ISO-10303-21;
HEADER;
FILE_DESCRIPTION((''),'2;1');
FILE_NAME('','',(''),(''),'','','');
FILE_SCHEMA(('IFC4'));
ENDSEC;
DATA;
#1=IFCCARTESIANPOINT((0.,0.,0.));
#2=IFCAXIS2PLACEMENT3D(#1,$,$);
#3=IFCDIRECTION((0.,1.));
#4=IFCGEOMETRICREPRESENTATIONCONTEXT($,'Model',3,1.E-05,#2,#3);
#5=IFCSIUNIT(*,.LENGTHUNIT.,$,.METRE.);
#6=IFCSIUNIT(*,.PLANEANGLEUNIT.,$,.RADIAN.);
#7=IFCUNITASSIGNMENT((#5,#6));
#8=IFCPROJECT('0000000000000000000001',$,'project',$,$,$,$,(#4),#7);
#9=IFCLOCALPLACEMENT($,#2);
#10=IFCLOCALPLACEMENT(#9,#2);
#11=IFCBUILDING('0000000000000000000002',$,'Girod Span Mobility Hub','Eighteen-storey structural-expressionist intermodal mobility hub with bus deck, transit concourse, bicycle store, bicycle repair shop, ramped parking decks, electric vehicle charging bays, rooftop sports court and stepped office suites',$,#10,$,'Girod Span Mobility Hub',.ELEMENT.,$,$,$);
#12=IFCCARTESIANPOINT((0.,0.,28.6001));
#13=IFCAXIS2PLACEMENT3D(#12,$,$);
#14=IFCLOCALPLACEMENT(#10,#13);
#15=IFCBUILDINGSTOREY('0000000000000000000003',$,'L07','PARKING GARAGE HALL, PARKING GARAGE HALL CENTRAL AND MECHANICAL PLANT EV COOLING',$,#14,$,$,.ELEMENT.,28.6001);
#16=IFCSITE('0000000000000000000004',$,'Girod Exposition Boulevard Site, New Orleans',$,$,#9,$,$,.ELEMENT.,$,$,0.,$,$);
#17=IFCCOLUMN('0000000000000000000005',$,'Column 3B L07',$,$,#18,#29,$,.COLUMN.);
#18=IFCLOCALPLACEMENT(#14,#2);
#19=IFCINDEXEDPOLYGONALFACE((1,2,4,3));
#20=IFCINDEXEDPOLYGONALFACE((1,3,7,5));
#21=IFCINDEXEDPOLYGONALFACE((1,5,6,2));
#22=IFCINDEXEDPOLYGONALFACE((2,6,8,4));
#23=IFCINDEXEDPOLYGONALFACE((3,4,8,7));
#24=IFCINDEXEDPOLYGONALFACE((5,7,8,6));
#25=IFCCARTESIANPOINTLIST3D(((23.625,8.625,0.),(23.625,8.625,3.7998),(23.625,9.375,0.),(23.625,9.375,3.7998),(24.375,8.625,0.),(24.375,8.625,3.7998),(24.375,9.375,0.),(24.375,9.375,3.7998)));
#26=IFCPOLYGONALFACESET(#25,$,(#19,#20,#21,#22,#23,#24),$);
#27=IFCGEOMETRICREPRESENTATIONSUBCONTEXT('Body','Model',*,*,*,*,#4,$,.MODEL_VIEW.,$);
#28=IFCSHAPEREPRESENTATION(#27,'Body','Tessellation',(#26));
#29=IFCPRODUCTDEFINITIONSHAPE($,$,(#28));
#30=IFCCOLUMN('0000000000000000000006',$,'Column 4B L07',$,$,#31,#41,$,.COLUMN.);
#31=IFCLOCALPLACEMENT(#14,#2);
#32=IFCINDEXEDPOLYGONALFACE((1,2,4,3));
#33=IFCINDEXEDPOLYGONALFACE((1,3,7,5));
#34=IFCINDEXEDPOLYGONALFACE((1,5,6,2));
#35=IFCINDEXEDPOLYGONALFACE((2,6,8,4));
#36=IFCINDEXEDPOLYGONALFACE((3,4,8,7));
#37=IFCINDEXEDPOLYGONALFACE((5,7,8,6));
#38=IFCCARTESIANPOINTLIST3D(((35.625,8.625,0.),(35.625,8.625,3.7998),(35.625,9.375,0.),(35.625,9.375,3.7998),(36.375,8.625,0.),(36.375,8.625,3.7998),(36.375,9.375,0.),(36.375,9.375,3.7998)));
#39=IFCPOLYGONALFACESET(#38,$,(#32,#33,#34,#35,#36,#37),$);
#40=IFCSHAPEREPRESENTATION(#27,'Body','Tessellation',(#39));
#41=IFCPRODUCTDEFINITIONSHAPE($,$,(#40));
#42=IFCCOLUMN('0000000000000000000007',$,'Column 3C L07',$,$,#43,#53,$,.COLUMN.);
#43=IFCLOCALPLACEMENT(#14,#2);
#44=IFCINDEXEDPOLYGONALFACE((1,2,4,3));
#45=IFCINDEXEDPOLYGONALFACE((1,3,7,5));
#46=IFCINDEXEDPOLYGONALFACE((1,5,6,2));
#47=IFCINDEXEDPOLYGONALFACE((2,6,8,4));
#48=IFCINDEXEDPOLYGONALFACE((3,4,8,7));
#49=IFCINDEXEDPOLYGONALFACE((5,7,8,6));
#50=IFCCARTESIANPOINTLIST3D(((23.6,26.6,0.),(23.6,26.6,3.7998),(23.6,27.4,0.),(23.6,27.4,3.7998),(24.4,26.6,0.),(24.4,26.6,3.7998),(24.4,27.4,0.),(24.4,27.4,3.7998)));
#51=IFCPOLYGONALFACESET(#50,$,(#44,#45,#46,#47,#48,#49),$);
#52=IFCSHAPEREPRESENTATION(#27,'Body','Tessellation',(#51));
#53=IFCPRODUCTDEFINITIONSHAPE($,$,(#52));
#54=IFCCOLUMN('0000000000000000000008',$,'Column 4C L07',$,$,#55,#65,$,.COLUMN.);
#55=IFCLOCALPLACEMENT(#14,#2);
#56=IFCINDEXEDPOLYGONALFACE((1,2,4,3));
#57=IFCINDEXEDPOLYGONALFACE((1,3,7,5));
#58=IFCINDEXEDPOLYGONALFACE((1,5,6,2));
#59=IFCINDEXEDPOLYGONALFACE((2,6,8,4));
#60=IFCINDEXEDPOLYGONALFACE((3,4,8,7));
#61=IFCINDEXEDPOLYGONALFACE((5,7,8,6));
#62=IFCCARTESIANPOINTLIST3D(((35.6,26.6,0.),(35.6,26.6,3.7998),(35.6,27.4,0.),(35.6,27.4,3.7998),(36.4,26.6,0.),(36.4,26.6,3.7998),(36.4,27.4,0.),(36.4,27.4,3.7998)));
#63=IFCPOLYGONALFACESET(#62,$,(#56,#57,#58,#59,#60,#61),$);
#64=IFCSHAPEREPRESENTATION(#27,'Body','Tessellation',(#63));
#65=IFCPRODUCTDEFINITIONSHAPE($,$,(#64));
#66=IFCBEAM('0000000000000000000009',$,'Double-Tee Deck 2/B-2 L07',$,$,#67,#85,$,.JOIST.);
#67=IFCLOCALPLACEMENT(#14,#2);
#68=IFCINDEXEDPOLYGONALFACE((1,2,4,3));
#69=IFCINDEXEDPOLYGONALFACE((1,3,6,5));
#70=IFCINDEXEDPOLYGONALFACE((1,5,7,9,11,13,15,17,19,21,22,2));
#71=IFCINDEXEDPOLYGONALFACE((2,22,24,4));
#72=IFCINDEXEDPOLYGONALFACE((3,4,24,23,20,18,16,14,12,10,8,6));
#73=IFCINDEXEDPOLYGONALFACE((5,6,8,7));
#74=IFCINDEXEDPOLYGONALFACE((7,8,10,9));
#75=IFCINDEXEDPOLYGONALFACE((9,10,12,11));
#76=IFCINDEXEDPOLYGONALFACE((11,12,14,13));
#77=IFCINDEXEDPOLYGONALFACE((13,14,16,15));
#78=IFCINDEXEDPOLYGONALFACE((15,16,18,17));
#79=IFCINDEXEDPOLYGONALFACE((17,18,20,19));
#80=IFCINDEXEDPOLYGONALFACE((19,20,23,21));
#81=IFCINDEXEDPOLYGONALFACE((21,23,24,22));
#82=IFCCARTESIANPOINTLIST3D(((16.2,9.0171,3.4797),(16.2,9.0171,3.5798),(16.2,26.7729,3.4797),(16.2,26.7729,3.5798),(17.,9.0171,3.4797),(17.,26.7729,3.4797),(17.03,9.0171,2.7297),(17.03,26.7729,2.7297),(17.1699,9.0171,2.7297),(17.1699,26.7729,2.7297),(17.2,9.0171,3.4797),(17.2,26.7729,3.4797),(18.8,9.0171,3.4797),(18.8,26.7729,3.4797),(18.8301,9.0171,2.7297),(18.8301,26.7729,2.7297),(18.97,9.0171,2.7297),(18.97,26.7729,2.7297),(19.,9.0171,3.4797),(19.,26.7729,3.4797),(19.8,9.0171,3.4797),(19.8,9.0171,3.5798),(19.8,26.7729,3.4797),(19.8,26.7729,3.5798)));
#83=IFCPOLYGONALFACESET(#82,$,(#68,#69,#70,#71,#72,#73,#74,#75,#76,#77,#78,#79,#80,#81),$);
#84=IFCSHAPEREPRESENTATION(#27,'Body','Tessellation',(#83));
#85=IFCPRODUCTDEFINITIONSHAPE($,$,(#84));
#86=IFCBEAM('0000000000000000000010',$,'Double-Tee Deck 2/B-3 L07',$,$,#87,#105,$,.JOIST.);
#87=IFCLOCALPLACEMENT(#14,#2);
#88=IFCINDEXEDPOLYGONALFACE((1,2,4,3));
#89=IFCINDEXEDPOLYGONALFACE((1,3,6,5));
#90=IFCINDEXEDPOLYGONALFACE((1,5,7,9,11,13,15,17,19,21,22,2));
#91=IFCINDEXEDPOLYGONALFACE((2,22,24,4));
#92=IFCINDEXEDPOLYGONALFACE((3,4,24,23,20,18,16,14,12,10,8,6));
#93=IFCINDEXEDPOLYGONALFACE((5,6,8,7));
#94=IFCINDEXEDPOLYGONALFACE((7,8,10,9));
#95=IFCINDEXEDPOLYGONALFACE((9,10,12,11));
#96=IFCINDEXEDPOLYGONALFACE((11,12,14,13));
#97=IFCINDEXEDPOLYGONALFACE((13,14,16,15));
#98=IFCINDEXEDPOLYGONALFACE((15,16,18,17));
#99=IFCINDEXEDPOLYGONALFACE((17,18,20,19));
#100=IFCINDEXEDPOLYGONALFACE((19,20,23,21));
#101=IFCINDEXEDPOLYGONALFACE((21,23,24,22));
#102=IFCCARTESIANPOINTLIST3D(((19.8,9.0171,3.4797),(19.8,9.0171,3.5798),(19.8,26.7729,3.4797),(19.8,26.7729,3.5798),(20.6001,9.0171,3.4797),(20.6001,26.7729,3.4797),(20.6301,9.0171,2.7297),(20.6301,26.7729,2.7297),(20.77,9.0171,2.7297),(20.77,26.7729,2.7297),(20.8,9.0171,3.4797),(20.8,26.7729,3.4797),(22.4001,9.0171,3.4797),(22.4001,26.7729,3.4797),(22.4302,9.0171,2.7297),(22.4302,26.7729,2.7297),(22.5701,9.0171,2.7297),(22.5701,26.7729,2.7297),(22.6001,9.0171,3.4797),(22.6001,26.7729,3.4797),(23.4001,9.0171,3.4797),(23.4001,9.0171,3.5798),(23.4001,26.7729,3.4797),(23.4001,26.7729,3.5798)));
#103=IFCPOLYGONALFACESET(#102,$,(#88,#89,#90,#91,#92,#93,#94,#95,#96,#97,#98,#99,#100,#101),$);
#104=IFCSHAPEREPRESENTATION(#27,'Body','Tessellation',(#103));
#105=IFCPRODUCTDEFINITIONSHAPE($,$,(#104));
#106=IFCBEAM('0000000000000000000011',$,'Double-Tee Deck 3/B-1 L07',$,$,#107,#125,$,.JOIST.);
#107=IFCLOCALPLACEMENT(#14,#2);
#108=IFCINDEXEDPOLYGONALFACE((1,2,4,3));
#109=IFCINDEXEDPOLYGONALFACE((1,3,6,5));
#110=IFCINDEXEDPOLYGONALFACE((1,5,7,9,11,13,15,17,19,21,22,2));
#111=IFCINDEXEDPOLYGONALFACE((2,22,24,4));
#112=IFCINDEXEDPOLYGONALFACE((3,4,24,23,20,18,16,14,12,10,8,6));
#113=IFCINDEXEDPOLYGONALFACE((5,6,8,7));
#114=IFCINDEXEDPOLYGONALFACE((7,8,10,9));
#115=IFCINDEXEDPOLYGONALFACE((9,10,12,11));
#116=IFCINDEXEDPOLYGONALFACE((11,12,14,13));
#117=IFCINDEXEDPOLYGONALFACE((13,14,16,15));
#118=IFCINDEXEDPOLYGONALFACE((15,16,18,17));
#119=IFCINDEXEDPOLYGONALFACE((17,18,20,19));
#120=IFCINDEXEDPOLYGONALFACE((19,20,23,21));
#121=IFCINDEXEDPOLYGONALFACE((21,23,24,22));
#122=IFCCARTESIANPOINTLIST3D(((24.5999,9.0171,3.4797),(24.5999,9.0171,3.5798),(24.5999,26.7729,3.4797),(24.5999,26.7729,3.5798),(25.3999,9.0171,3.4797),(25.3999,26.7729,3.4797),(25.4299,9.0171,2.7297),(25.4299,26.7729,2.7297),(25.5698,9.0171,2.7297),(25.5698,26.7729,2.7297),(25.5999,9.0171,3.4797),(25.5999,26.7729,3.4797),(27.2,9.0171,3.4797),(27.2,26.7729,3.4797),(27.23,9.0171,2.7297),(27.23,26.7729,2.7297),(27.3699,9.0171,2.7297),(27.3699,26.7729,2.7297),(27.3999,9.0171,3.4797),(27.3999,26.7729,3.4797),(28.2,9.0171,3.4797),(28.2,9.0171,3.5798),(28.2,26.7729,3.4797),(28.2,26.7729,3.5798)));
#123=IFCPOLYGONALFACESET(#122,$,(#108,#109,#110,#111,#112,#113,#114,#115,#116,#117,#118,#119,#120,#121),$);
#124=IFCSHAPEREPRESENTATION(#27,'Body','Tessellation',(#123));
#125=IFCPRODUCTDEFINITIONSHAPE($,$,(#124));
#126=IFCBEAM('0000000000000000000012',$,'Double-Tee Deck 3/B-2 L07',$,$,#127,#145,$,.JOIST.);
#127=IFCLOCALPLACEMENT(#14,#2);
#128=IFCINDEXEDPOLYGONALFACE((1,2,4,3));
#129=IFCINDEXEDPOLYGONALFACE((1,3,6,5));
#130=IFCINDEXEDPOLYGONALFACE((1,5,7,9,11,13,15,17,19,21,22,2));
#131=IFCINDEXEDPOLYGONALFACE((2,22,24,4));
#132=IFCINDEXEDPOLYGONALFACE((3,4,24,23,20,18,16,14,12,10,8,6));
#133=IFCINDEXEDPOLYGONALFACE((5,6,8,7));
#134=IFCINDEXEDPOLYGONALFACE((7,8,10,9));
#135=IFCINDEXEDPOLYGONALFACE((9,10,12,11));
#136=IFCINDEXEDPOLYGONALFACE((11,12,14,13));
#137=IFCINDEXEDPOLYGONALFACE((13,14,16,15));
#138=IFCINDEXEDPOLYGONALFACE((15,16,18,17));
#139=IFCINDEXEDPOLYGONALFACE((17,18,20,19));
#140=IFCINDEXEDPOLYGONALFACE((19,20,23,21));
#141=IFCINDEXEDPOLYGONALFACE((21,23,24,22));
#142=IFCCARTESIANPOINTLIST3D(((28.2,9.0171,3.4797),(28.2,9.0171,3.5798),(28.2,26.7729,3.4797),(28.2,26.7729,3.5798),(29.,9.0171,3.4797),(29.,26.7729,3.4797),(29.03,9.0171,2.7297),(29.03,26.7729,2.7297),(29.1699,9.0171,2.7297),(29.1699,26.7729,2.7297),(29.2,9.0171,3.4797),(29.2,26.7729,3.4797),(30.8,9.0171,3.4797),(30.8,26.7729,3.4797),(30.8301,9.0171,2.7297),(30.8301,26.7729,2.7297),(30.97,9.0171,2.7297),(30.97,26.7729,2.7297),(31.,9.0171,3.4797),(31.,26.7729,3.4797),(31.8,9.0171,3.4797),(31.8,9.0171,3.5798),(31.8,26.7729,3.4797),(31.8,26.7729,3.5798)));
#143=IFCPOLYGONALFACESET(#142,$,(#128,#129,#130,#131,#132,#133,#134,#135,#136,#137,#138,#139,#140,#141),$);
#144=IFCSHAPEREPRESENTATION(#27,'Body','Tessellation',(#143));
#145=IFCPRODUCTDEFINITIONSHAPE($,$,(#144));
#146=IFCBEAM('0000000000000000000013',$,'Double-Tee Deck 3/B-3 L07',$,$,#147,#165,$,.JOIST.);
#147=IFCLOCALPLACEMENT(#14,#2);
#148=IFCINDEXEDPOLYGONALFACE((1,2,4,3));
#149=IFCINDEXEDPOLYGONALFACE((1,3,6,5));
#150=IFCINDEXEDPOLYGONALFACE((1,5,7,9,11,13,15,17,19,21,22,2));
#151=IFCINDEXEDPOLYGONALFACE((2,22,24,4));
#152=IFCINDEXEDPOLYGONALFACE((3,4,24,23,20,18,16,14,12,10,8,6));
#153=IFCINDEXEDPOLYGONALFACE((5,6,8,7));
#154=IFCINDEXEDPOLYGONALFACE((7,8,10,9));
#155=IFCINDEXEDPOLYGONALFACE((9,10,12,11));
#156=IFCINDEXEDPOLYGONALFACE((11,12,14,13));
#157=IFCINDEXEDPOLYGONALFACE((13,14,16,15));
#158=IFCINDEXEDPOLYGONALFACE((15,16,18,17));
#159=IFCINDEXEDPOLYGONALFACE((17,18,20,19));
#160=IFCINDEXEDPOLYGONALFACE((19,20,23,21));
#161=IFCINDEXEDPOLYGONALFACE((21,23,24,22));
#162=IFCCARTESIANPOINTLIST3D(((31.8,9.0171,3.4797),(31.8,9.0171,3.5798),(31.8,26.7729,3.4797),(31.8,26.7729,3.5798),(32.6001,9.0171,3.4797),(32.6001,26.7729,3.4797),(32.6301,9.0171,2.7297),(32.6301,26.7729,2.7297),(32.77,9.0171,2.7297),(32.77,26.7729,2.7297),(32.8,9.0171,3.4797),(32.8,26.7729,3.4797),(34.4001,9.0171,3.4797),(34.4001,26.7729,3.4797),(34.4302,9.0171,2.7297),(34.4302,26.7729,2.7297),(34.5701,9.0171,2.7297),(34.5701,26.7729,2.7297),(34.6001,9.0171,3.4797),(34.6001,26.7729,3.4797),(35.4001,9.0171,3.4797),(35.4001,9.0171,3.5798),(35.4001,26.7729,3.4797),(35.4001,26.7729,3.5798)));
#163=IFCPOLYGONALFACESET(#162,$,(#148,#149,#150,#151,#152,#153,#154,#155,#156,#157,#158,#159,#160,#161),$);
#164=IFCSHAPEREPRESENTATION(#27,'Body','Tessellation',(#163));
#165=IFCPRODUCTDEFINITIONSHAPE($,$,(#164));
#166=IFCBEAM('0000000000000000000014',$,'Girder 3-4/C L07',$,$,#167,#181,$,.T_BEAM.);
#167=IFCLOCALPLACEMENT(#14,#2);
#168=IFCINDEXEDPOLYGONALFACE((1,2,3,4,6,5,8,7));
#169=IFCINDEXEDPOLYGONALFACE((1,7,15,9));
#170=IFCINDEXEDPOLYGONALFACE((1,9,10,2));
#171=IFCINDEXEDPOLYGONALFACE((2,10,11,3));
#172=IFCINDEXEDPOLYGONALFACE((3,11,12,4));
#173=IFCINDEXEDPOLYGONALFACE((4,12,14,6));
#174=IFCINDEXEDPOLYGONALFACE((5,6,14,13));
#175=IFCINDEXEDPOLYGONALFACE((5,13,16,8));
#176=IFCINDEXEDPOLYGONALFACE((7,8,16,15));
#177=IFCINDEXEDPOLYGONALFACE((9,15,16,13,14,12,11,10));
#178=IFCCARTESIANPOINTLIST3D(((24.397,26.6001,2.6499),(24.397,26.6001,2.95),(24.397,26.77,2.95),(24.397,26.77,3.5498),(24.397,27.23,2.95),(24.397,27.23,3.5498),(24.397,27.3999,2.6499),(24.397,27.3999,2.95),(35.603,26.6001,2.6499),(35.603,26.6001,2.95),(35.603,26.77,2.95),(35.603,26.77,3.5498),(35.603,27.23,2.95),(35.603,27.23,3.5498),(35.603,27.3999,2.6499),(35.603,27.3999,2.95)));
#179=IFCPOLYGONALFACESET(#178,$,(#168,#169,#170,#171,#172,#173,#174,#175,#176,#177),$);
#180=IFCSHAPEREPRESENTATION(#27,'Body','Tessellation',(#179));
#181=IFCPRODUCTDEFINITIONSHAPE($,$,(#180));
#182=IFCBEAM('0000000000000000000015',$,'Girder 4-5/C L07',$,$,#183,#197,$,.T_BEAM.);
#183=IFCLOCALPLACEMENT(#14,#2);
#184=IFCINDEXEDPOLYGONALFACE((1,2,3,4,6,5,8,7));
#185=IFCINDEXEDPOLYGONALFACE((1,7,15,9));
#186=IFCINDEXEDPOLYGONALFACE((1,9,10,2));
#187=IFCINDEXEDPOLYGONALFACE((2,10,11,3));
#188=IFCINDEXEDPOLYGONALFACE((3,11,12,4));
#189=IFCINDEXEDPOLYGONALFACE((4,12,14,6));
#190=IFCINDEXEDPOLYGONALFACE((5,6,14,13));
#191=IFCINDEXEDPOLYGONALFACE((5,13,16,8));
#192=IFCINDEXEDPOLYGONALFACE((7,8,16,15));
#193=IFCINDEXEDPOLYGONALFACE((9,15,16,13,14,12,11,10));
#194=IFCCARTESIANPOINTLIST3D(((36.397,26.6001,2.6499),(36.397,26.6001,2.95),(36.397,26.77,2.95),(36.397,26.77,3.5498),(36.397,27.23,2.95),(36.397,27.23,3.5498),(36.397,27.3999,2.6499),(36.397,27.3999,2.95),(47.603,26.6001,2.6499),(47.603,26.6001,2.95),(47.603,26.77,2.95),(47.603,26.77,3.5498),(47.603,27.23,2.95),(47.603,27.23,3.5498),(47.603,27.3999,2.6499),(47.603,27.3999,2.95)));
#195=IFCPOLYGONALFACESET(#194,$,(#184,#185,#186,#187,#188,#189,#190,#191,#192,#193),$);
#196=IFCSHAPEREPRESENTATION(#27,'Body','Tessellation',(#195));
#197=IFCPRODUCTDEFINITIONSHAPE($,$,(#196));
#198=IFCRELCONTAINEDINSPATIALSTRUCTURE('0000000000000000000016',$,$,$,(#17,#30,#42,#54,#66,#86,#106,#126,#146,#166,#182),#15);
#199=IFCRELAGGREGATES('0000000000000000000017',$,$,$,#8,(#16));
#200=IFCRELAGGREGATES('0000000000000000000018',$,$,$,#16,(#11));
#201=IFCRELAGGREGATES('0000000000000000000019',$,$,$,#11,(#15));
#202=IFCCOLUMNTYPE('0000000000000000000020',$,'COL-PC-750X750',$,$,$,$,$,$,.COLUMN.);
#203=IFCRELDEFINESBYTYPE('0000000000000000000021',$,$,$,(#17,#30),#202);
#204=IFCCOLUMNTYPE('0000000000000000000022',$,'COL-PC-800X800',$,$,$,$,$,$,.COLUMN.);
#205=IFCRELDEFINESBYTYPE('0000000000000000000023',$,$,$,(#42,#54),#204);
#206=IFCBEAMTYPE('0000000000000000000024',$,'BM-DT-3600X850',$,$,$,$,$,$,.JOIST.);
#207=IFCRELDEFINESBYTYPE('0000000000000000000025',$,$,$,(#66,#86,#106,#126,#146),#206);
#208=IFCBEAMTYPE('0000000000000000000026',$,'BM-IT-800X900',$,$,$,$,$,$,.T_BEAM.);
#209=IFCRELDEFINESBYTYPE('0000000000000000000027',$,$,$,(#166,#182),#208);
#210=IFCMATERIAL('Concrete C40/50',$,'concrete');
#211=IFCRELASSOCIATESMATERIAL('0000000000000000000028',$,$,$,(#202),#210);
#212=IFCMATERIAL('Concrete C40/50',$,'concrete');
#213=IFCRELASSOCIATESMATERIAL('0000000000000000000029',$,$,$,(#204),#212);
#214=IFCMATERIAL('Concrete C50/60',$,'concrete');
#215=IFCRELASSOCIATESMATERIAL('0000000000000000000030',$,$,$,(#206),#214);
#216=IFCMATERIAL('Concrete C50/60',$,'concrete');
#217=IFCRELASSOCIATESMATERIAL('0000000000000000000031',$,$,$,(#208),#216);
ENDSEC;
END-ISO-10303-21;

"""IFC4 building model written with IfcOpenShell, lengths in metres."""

from ifc_helpers import new_model, si_unit, direction, frame, origin, origin_2d, place, context, subcontext, project, spatial, polyline, rectangle, outline, extrude, material, material_profile, profile_set, type_object, element, save


model = new_model("IFC4")

# Units and contexts
model_context = context("Model", 3, precision=1e-05, world=origin(), true_north=direction((0.0, 1.0)))
body_context = subcontext(model_context, "Body", "Model", "MODEL_VIEW")
ifc_project = project(units=[si_unit("LENGTHUNIT", "METRE"), si_unit("PLANEANGLEUNIT", "RADIAN")], contexts=[model_context])

# Site, building, storey
site_placement = place(None, origin())
site = spatial("IfcSite", under=ifc_project, at=site_placement, Name="Girod Exposition Boulevard Site, New Orleans", CompositionType="ELEMENT", RefElevation=0.0)
building_placement = place(site_placement, origin())
building = spatial("IfcBuilding", under=site, at=building_placement, Name="Girod Span Mobility Hub", Description="Eighteen-storey structural-expressionist intermodal mobility hub with bus deck, transit concourse, bicycle store, bicycle repair shop, ramped parking decks, electric vehicle charging bays, rooftop sports court and stepped office suites", LongName="Girod Span Mobility Hub", CompositionType="ELEMENT")
storey_placement = place(building_placement, frame((0.0, 0.0, 28.6001)))
storey = spatial("IfcBuildingStorey", under=building, at=storey_placement, Name="L07", Description="PARKING GARAGE HALL, PARKING GARAGE HALL CENTRAL AND MECHANICAL PLANT EV COOLING", CompositionType="ELEMENT", Elevation=28.6001)

# Columns
ifc_material_1 = material(Name="Concrete C40/50", Category="concrete")
ifc_material_profile_1 = material_profile(ifc_material_1, rectangle(XDim=0.75, YDim=0.75, at=origin_2d()), Name="PC-COL-750X750")
ifc_profile_set_1 = profile_set([ifc_material_profile_1], Name="Concrete C40/50")
column_type_1 = type_object("IfcColumnType", Name="COL-PC-750X750", PredefinedType="COLUMN", material=ifc_profile_set_1)
for number, where, z_axis, x_axis, name in (
    (1, (24.0, 9.0, 0.0), (0.0, 0.0, 1.0), (1.0, 0.0, 0.0), "Column 3B L07"),
    (2, (36.0, 9.0, 0.0), (0.0, 0.0, 1.0), (1.0, 0.0, 0.0), "Column 4B L07"),
):
    element("IfcColumn", number, at=place(storey_placement, frame(where, z_axis=z_axis, x_axis=x_axis)), inside=storey, type_object=column_type_1, Name=name, PredefinedType="COLUMN", context=body_context, shape_type="SweptSolid", body=[
        extrude(rectangle(XDim=0.75, YDim=0.75, at=origin_2d()), origin(), (0.0, 0.0, 1.0), 3.7998),
    ])
ifc_material_2 = material(Name="Concrete C40/50", Category="concrete")
ifc_material_profile_2 = material_profile(ifc_material_2, rectangle(XDim=0.8, YDim=0.8, at=origin_2d()), Name="PC-COL-800X800")
ifc_profile_set_2 = profile_set([ifc_material_profile_2], Name="Concrete C40/50")
column_type_2 = type_object("IfcColumnType", Name="COL-PC-800X800", PredefinedType="COLUMN", material=ifc_profile_set_2)
for number, where, z_axis, x_axis, name in (
    (3, (24.0, 27.0, 0.0), (0.0, 0.0, 1.0), (1.0, 0.0, 0.0), "Column 3C L07"),
    (4, (36.0, 27.0, 0.0), (0.0, 0.0, 1.0), (1.0, 0.0, 0.0), "Column 4C L07"),
):
    element("IfcColumn", number, at=place(storey_placement, frame(where, z_axis=z_axis, x_axis=x_axis)), inside=storey, type_object=column_type_2, Name=name, PredefinedType="COLUMN", context=body_context, shape_type="SweptSolid", body=[
        extrude(rectangle(XDim=0.8, YDim=0.8, at=origin_2d()), origin(), (0.0, 0.0, 1.0), 3.7998),
    ])

# Beams
ifc_material_3 = material(Name="Concrete C50/60", Category="concrete")
ifc_material_profile_3 = material_profile(ifc_material_3, outline(polyline([(-1.8, 0.425), (-1.8, 0.325), (-1.0, 0.325), (-0.97, -0.425), (-0.8301, -0.425), (-0.8, 0.325), (0.8, 0.325), (0.8301, -0.425), (0.97, -0.425), (1.0, 0.325), (1.8, 0.325), (1.8, 0.425), (-1.8, 0.425)])), Name="DT-3600X850")
ifc_profile_set_3 = profile_set([ifc_material_profile_3], Name="Concrete C50/60")
beam_type_1 = type_object("IfcBeamType", Name="BM-DT-3600X850", PredefinedType="JOIST", material=ifc_profile_set_3)
for number, where, z_axis, x_axis, name in (
    (5, (18.0, 9.0171, 3.1548), (0.0, 1.0, 0.0), (-1.0, 0.0, 0.0), "Double-Tee Deck 2/B-2 L07"),
    (6, (21.6001, 9.0171, 3.1548), (0.0, 1.0, 0.0), (-1.0, 0.0, 0.0), "Double-Tee Deck 2/B-3 L07"),
    (7, (26.3999, 9.0171, 3.1548), (0.0, 1.0, 0.0), (-1.0, 0.0, 0.0), "Double-Tee Deck 3/B-1 L07"),
    (8, (30.0, 9.0171, 3.1548), (0.0, 1.0, 0.0), (-1.0, 0.0, 0.0), "Double-Tee Deck 3/B-2 L07"),
    (9, (33.6001, 9.0171, 3.1548), (0.0, 1.0, 0.0), (-1.0, 0.0, 0.0), "Double-Tee Deck 3/B-3 L07"),
):
    element("IfcBeam", number, at=place(storey_placement, frame(where, z_axis=z_axis, x_axis=x_axis)), inside=storey, type_object=beam_type_1, Name=name, PredefinedType="JOIST", context=body_context, shape_type="SweptSolid", body=[
        extrude(outline(polyline([(-1.8, 0.425), (-1.8, 0.325), (-1.0, 0.325), (-0.97, -0.425), (-0.8301, -0.425), (-0.8, 0.325), (0.8, 0.325), (0.8301, -0.425), (0.97, -0.425), (1.0, 0.325), (1.8, 0.325), (1.8, 0.425), (-1.8, 0.425)])), origin(), (0.0, 0.0, 1.0), 17.7559),
    ])
ifc_material_4 = material(Name="Concrete C50/60", Category="concrete")
ifc_material_profile_4 = material_profile(ifc_material_4, outline(polyline([(-0.3999, -0.45), (0.3999, -0.45), (0.3999, -0.1499), (0.23, -0.1499), (0.23, 0.45), (-0.23, 0.45), (-0.23, -0.1499), (-0.3999, -0.1499), (-0.3999, -0.45)])), Name="IT-800X900")
ifc_profile_set_4 = profile_set([ifc_material_profile_4], Name="Concrete C50/60")
beam_type_2 = type_object("IfcBeamType", Name="BM-IT-800X900", PredefinedType="T_BEAM", material=ifc_profile_set_4)
for number, where, z_axis, x_axis, name in (
    (10, (24.397, 27.0, 3.0999), (1.0, 0.0, 0.0), (0.0, 1.0, 0.0), "Girder 3-4/C L07"),
    (11, (36.397, 27.0, 3.0999), (1.0, 0.0, 0.0), (0.0, 1.0, 0.0), "Girder 4-5/C L07"),
):
    element("IfcBeam", number, at=place(storey_placement, frame(where, z_axis=z_axis, x_axis=x_axis)), inside=storey, type_object=beam_type_2, Name=name, PredefinedType="T_BEAM", context=body_context, shape_type="SweptSolid", body=[
        extrude(outline(polyline([(-0.3999, -0.45), (0.3999, -0.45), (0.3999, -0.1499), (0.23, -0.1499), (0.23, 0.45), (-0.23, 0.45), (-0.23, -0.1499), (-0.3999, -0.1499), (-0.3999, -0.45)])), origin(), (0.0, 0.0, 1.0), 11.2061),
    ])

save(model, "model.ifc")
